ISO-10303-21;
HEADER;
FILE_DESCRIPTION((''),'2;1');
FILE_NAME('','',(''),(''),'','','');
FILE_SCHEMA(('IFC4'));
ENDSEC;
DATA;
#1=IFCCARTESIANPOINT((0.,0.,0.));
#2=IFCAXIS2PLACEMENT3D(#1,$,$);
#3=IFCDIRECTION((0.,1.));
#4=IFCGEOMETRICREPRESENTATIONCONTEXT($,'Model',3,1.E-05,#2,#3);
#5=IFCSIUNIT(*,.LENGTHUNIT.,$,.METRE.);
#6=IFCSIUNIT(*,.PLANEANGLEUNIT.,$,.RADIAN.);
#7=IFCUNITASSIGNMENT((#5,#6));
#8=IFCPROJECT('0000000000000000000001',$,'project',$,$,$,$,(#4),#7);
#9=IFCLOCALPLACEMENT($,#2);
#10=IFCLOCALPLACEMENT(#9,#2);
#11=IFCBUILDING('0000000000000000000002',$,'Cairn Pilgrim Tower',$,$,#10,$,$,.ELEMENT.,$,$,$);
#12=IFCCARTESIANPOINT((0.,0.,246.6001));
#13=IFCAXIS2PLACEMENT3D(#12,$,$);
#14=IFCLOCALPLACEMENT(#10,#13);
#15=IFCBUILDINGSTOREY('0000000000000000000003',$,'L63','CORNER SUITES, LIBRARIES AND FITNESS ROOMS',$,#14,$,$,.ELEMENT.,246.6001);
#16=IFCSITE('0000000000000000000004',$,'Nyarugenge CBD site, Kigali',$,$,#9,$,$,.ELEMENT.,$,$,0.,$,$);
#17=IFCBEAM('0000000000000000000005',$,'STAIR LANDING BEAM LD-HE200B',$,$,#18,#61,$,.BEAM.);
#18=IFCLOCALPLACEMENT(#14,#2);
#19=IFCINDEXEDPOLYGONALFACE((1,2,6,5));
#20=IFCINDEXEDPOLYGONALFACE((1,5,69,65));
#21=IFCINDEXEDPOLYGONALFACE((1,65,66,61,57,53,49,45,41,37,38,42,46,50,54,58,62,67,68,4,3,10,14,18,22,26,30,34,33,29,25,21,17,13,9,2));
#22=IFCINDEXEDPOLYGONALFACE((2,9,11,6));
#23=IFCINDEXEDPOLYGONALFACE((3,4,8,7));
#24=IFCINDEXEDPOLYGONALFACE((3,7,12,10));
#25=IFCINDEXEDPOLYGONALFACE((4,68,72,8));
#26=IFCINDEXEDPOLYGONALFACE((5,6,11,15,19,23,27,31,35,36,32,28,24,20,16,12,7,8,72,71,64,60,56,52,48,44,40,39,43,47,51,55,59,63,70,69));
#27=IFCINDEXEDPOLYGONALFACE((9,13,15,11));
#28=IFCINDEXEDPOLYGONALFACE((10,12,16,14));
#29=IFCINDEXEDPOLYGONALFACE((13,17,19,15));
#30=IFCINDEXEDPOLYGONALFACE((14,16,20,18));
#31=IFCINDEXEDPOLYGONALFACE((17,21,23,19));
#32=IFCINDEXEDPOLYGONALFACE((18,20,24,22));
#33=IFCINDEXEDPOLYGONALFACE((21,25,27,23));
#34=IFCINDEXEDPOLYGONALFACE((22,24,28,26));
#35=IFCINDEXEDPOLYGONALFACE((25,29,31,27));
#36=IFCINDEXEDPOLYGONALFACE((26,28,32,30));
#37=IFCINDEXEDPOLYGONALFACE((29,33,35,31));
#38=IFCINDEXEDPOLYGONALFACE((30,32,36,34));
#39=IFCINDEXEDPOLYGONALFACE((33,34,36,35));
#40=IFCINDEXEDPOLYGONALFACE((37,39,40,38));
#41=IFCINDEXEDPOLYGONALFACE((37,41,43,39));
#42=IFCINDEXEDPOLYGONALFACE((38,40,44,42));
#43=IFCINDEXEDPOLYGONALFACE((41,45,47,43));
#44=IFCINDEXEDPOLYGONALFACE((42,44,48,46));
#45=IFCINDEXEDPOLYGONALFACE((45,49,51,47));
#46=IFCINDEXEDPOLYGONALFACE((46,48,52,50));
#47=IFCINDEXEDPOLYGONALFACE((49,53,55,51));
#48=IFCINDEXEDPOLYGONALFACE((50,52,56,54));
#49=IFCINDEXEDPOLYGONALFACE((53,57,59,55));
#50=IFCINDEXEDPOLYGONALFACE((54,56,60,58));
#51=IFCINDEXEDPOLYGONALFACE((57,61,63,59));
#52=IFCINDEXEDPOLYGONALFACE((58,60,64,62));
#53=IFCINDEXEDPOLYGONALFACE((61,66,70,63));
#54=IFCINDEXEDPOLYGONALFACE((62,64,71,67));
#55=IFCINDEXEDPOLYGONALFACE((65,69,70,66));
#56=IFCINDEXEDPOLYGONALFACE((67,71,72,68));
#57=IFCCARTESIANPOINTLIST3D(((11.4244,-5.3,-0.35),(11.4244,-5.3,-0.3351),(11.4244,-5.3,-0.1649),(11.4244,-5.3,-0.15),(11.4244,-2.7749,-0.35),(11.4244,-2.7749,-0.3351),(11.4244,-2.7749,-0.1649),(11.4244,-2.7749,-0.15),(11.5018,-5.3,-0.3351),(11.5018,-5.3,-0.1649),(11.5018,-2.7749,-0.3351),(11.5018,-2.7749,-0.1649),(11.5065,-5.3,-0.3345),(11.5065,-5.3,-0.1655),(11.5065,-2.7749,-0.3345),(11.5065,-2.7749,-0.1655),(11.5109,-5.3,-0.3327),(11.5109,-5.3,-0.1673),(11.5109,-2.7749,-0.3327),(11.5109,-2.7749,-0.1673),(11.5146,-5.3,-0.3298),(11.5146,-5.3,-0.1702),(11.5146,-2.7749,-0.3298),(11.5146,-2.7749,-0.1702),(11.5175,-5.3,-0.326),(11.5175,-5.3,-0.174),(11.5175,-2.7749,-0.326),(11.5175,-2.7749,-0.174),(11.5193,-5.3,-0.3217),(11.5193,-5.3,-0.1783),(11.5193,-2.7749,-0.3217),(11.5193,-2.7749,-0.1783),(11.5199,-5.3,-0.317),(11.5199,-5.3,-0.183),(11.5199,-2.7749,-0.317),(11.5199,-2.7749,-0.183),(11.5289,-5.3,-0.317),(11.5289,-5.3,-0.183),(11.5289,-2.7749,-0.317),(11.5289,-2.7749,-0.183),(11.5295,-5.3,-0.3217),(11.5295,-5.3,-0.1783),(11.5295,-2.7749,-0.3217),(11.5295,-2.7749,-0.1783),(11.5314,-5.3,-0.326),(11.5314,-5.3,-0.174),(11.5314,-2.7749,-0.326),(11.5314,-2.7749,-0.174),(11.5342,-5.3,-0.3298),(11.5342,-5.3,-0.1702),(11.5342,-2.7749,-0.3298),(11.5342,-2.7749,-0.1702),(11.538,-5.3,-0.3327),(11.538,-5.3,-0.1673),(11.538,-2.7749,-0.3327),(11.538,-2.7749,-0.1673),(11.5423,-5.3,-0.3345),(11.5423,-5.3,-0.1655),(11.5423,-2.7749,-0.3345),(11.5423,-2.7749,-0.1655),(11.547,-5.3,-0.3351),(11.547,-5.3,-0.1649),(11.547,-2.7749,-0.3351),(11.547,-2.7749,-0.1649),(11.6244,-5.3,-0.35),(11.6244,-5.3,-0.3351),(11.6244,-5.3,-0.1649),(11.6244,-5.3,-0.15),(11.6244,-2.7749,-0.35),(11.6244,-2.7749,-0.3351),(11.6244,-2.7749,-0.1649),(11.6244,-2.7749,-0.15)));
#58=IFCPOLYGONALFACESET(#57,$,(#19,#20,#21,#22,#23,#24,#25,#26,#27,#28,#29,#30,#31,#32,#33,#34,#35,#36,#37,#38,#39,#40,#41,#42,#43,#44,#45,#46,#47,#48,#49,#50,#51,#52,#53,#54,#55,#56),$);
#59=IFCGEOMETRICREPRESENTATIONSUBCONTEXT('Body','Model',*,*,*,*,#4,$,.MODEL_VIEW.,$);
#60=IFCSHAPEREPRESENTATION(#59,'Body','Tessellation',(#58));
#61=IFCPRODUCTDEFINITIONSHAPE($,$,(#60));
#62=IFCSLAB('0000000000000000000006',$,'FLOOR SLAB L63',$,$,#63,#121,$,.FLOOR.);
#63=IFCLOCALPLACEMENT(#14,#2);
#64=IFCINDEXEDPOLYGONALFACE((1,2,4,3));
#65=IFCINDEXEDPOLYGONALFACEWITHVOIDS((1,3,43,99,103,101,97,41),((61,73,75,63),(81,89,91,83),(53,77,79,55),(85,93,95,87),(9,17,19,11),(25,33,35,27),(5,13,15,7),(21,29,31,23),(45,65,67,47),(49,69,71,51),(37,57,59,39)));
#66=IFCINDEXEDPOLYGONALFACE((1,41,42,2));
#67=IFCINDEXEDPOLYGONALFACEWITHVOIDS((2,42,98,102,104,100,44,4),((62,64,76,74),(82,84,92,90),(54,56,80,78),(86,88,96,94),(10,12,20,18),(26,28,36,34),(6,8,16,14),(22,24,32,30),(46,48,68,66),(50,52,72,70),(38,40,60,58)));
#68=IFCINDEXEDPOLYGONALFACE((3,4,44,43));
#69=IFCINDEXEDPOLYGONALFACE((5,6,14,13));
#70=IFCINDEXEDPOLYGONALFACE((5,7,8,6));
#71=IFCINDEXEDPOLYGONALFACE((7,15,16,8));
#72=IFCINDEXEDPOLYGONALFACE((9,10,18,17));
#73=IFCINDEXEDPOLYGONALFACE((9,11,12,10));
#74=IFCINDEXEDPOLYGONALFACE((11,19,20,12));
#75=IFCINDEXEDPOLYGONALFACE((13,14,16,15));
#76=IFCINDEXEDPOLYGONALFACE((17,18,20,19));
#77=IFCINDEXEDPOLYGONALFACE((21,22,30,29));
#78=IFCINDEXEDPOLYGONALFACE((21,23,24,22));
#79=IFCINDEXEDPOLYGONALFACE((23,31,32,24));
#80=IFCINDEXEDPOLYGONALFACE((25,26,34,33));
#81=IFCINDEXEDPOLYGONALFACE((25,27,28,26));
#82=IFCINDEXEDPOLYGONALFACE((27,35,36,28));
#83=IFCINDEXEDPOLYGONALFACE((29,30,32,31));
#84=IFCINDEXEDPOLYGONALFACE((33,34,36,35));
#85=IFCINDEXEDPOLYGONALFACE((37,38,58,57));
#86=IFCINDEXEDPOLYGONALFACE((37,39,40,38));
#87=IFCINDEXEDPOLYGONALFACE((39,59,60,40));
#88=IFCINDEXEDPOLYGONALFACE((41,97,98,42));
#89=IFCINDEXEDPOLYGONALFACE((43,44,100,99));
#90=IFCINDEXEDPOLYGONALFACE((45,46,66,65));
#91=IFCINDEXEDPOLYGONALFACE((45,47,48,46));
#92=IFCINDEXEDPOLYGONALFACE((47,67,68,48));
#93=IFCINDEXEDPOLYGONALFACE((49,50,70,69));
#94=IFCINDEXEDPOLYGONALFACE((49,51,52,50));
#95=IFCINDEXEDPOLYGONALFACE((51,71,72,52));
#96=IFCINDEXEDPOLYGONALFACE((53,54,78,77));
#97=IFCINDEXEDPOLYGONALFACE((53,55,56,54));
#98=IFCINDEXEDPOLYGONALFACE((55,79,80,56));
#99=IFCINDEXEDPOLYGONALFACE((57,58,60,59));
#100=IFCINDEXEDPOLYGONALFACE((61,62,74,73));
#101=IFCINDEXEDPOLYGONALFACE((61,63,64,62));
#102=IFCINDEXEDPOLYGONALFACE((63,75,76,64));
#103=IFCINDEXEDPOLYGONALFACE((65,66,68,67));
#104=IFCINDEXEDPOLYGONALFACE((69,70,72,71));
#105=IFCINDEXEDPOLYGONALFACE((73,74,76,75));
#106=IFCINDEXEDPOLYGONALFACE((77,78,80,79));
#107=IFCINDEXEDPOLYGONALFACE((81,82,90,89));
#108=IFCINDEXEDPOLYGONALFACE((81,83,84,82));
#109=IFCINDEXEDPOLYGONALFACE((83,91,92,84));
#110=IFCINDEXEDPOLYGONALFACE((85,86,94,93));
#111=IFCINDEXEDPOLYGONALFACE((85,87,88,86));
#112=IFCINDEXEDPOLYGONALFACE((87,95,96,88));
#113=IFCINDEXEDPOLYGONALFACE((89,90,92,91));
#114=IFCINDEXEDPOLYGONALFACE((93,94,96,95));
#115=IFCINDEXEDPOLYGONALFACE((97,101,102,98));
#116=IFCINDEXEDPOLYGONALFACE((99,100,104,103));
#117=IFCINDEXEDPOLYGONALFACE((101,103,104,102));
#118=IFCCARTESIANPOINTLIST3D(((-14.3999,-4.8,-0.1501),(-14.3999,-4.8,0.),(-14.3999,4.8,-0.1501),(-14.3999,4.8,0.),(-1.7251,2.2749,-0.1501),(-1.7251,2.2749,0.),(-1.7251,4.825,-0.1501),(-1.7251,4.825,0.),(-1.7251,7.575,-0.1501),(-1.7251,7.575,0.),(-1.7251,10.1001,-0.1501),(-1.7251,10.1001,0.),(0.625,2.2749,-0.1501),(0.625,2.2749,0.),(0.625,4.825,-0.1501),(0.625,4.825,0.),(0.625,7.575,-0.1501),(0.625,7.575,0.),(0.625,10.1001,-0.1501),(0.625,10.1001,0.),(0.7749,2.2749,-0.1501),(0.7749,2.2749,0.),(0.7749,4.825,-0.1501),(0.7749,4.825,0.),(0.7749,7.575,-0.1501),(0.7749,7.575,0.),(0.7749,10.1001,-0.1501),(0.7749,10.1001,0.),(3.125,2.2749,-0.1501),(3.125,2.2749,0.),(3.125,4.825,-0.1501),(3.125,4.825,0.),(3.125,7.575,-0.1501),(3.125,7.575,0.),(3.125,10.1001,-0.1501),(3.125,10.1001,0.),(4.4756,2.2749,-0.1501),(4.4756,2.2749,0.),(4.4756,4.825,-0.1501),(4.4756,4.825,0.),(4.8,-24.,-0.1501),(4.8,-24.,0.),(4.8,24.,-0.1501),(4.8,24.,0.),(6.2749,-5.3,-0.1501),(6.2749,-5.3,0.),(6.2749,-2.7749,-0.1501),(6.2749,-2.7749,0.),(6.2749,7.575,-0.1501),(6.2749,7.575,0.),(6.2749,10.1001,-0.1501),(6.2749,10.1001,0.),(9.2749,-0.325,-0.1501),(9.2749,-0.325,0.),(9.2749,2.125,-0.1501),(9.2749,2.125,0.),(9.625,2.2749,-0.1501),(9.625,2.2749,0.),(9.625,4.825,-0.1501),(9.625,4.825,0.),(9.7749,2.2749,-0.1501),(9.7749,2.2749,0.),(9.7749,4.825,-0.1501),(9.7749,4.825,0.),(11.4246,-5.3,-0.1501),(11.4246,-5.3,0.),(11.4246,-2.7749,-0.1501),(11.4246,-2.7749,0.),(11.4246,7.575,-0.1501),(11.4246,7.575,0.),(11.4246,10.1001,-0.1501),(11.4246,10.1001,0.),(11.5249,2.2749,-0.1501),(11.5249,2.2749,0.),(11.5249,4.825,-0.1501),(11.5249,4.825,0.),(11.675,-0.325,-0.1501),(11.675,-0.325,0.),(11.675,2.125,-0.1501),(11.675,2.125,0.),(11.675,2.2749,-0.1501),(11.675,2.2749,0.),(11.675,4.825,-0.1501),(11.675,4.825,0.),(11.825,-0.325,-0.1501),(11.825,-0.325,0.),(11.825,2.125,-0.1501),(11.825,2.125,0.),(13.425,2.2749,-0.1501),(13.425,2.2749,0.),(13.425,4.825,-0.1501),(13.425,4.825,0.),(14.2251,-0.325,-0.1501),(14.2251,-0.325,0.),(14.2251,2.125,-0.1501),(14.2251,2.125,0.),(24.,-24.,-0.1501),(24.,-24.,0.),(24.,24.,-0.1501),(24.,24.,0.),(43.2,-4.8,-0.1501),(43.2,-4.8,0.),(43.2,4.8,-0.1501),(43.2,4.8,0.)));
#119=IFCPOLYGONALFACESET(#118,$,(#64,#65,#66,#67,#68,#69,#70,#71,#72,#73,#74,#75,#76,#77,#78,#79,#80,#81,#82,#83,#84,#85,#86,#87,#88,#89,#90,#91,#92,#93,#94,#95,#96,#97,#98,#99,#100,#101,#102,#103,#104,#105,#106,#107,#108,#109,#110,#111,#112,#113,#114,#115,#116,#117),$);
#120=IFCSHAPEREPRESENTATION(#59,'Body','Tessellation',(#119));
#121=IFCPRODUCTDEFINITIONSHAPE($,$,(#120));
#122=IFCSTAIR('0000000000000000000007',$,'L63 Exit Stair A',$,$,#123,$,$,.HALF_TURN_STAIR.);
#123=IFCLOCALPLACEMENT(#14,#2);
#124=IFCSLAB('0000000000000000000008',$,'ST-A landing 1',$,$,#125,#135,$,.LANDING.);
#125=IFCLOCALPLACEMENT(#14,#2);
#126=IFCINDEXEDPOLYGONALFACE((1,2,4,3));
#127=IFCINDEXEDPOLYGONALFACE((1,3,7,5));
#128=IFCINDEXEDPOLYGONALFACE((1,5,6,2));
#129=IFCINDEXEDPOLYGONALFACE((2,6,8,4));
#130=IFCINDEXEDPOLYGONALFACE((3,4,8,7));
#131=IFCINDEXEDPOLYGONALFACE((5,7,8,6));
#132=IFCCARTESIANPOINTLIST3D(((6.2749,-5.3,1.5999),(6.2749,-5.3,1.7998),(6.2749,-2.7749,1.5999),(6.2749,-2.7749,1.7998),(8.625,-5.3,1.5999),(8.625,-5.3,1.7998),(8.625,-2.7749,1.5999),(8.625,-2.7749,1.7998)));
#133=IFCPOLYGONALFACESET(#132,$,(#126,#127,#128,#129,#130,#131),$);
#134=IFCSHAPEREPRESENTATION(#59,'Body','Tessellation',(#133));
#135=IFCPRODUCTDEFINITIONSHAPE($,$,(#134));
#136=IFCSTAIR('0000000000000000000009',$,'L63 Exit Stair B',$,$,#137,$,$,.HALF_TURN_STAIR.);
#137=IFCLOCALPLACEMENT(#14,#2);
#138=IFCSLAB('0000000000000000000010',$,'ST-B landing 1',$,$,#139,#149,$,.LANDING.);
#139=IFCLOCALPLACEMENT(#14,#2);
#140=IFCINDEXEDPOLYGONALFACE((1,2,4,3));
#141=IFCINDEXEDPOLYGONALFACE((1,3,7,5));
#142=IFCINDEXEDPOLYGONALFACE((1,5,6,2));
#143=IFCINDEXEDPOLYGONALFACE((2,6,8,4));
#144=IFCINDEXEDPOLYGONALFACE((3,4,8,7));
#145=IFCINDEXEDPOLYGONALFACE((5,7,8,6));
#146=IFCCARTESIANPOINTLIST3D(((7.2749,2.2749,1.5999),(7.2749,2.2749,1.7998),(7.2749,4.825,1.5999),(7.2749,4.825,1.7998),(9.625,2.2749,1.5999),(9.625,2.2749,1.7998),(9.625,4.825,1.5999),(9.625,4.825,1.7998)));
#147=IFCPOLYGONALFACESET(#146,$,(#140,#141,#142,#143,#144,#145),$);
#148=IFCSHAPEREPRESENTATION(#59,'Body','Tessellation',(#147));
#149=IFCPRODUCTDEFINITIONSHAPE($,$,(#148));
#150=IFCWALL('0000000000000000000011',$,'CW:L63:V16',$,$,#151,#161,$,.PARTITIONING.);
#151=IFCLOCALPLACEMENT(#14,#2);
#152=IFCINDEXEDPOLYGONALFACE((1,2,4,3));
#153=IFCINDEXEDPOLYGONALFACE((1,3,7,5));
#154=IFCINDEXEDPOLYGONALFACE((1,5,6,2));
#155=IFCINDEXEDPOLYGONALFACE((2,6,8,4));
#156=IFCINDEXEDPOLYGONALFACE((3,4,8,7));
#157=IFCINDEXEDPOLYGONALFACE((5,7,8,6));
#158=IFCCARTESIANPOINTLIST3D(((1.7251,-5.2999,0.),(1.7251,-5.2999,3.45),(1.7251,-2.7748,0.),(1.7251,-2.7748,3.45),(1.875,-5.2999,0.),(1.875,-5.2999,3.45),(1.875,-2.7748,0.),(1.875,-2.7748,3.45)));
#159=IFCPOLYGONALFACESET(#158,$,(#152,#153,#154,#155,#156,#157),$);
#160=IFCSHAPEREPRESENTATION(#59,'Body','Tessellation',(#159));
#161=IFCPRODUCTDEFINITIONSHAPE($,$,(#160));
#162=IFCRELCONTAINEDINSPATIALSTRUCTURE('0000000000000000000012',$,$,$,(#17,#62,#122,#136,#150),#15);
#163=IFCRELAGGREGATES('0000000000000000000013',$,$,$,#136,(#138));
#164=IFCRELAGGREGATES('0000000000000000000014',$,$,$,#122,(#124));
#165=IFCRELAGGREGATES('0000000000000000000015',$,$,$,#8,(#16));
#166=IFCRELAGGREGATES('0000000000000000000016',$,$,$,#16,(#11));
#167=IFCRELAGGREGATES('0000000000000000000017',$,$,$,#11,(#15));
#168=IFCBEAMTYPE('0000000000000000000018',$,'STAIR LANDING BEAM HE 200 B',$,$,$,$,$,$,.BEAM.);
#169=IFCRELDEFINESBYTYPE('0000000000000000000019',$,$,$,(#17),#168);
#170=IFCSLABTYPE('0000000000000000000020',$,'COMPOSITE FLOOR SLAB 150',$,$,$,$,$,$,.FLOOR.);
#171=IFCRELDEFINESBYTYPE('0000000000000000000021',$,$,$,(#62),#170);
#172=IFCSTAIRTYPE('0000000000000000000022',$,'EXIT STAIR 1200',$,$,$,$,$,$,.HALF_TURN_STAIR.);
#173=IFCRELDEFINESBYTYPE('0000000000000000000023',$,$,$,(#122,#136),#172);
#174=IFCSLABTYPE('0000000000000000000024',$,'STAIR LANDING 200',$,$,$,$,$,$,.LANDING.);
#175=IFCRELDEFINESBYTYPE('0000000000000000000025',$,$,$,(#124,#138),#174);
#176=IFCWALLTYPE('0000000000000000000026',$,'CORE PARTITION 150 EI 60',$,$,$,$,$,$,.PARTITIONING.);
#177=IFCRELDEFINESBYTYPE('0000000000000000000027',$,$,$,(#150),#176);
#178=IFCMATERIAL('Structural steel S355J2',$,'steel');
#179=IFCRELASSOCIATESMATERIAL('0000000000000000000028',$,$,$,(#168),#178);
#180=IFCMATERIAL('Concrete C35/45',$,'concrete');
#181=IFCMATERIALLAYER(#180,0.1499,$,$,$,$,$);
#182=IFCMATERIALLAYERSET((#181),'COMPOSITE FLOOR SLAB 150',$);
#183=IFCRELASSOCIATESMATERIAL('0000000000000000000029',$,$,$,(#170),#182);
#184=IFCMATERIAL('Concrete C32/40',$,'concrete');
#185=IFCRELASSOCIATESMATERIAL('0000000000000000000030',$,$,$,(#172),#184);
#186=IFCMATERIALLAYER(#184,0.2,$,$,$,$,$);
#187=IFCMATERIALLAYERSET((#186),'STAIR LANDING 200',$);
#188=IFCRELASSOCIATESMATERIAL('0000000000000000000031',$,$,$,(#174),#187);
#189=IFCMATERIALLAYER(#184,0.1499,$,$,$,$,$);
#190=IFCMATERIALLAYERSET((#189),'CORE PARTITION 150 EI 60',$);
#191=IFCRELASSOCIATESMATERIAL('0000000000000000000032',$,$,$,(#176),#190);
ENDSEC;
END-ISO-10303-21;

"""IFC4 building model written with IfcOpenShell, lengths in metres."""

from ifc_helpers import new_model, si_unit, direction, frame, frame_2d, origin, origin_2d, place, context, subcontext, project, spatial, polyline, rectangle, i_section, outline, extrude, material, layer, layer_set, material_profile, profile_set, type_object, element, aggregate, save


model = new_model("IFC4")

# Units and contexts
model_context = context("Model", 3, precision=1e-05, world=origin(), true_north=direction((0.0, 1.0)))
body_context = subcontext(model_context, "Body", "Model", "MODEL_VIEW")
ifc_project = project(units=[si_unit("LENGTHUNIT", "METRE"), si_unit("PLANEANGLEUNIT", "RADIAN")], contexts=[model_context])

# Site, building, storey
site_placement = place(None, origin())
site = spatial("IfcSite", under=ifc_project, at=site_placement, Name="Nyarugenge CBD site, Kigali", CompositionType="ELEMENT", RefElevation=0.0)
building_placement = place(site_placement, origin())
building = spatial("IfcBuilding", under=site, at=building_placement, Name="Cairn Pilgrim Tower", CompositionType="ELEMENT")
storey_placement = place(building_placement, frame((0.0, 0.0, 246.6001)))
storey = spatial("IfcBuildingStorey", under=building, at=storey_placement, Name="L63", Description="CORNER SUITES, LIBRARIES AND FITNESS ROOMS", CompositionType="ELEMENT", Elevation=246.6001)

# Shared definitions
ifc_material_1 = material(Name="Structural steel S355J2", Category="steel")

# Beam
ifc_material_profile_1 = material_profile(ifc_material_1, i_section(OverallWidth=0.2, OverallDepth=0.2, WebThickness=0.009, FlangeThickness=0.0149, FilletRadius=0.0181, at=origin_2d()), Name="HE 200 B")
ifc_profile_set_1 = profile_set([ifc_material_profile_1], Name="Structural steel S355J2")
beam_type_1 = type_object("IfcBeamType", Name="STAIR LANDING BEAM HE 200 B", PredefinedType="BEAM", material=ifc_profile_set_1)
beam_1_placement = place(storey_placement, frame((11.5244, -2.7749, -0.25), z_axis=(0.0, -1.0, 0.0), x_axis=(1.0, 0.0, 0.0)))
element("IfcBeam", 1, at=beam_1_placement, inside=storey, type_object=beam_type_1, Name="STAIR LANDING BEAM LD-HE200B", PredefinedType="BEAM", context=body_context, shape_type="SweptSolid", body=[
    extrude(i_section(OverallWidth=0.2, OverallDepth=0.2, WebThickness=0.009, FlangeThickness=0.0149, FilletRadius=0.0181, at=origin_2d()), origin(), (0.0, 0.0, 1.0), 2.5251),
])

# Slab
ifc_material_2 = material(Name="Concrete C35/45", Category="concrete")
ifc_layer_1 = layer(ifc_material_2, 0.1499)
ifc_layer_set_1 = layer_set([ifc_layer_1], Name="COMPOSITE FLOOR SLAB 150")
slab_type_1 = type_object("IfcSlabType", Name="COMPOSITE FLOOR SLAB 150", PredefinedType="FLOOR", material=ifc_layer_set_1)
slab_1_placement = place(storey_placement, frame((0.0, 0.0, -0.1501)))
element("IfcSlab", 2, at=slab_1_placement, inside=storey, type_object=slab_type_1, Name="FLOOR SLAB L63", PredefinedType="FLOOR", context=body_context, shape_type="SweptSolid", body=[
    extrude(outline(polyline([(4.8, -24.0), (24.0, -24.0), (43.2, -4.8), (43.2, 4.8), (24.0, 24.0), (4.8, 24.0), (-14.3999, 4.8), (-14.3999, -4.8), (4.8, -24.0)]), holes=[polyline([(9.2749, -0.325), (11.675, -0.325), (11.675, 2.125), (9.2749, 2.125), (9.2749, -0.325)]), polyline([(11.825, -0.325), (14.2251, -0.325), (14.2251, 2.125), (11.825, 2.125), (11.825, -0.325)]), polyline([(-1.7251, 2.2749), (0.625, 2.2749), (0.625, 4.825), (-1.7251, 4.825), (-1.7251, 2.2749)]), polyline([(0.7749, 2.2749), (3.125, 2.2749), (3.125, 4.825), (0.7749, 4.825), (0.7749, 2.2749)]), polyline([(-1.7251, 7.575), (0.625, 7.575), (0.625, 10.1001), (-1.7251, 10.1001), (-1.7251, 7.575)]), polyline([(0.7749, 7.575), (3.125, 7.575), (3.125, 10.1001), (0.7749, 10.1001), (0.7749, 7.575)]), polyline([(9.7749, 2.2749), (11.5249, 2.2749), (11.5249, 4.825), (9.7749, 4.825), (9.7749, 2.2749)]), polyline([(11.675, 2.2749), (13.425, 2.2749), (13.425, 4.825), (11.675, 4.825), (11.675, 2.2749)]), polyline([(11.4246, -2.7749), (6.2749, -2.7749), (6.2749, -5.3), (11.4246, -5.3), (11.4246, -2.7749)]), polyline([(4.4756, 2.2749), (9.625, 2.2749), (9.625, 4.825), (4.4756, 4.825), (4.4756, 2.2749)]), polyline([(11.4246, 10.1001), (6.2749, 10.1001), (6.2749, 7.575), (11.4246, 7.575), (11.4246, 10.1001)])]), origin(), (0.0, 0.0, 1.0), 0.1501),
])

# Stairs, slabs
ifc_material_3 = material(Name="Concrete C32/40", Category="concrete")
stair_type = type_object("IfcStairType", Name="EXIT STAIR 1200", PredefinedType="HALF_TURN_STAIR", material=ifc_material_3)
stair_1_placement = place(storey_placement, origin())
stair_1 = element("IfcStair", 3, at=stair_1_placement, inside=storey, type_object=stair_type, Name="L63 Exit Stair A", PredefinedType="HALF_TURN_STAIR")
ifc_layer_2 = layer(ifc_material_3, 0.2)
ifc_layer_set_2 = layer_set([ifc_layer_2], Name="STAIR LANDING 200")
slab_type_2 = type_object("IfcSlabType", Name="STAIR LANDING 200", PredefinedType="LANDING", material=ifc_layer_set_2)
slab_2_placement = place(storey_placement, frame((0.0, 0.0, 1.5999)))
slab_2 = element("IfcSlab", 4, at=slab_2_placement, type_object=slab_type_2, Name="ST-A landing 1", PredefinedType="LANDING", context=body_context, shape_type="SweptSolid", body=[
    extrude(outline(polyline([(8.625, -2.7749), (6.2749, -2.7749), (6.2749, -5.3), (8.625, -5.3), (8.625, -2.7749)])), origin(), (0.0, 0.0, 1.0), 0.2),
])
stair_2_placement = place(storey_placement, origin())
stair_2 = element("IfcStair", 5, at=stair_2_placement, inside=storey, type_object=stair_type, Name="L63 Exit Stair B", PredefinedType="HALF_TURN_STAIR")
slab_3_placement = place(storey_placement, frame((0.0, 0.0, 1.5999)))
slab_3 = element("IfcSlab", 6, at=slab_3_placement, type_object=slab_type_2, Name="ST-B landing 1", PredefinedType="LANDING", context=body_context, shape_type="SweptSolid", body=[
    extrude(outline(polyline([(7.2749, 2.2749), (9.625, 2.2749), (9.625, 4.825), (7.2749, 4.825), (7.2749, 2.2749)])), origin(), (0.0, 0.0, 1.0), 0.2),
])
aggregate(stair_2, [slab_3])

# Wall
ifc_layer_3 = layer(ifc_material_3, 0.1499)
ifc_layer_set_3 = layer_set([ifc_layer_3], Name="CORE PARTITION 150 EI 60")
wall_type_1 = type_object("IfcWallType", Name="CORE PARTITION 150 EI 60", PredefinedType="PARTITIONING", material=ifc_layer_set_3)
wall_1_placement = place(storey_placement, frame((1.8, -5.3, 0.0), z_axis=(0.0, 0.0, 1.0), x_axis=(0.0, 1.0, 0.0)))
element("IfcWall", 7, at=wall_1_placement, inside=storey, type_object=wall_type_1, Name="CW:L63:V16", PredefinedType="PARTITIONING", context=body_context, shape_type="SweptSolid", body=[
    extrude(rectangle(XDim=2.5251, YDim=0.1499, at=frame_2d((1.2627, 0.0))), origin(), (0.0, 0.0, 1.0), 3.45),
])

aggregate(stair_1, [slab_2])

save(model, "model.ifc")
